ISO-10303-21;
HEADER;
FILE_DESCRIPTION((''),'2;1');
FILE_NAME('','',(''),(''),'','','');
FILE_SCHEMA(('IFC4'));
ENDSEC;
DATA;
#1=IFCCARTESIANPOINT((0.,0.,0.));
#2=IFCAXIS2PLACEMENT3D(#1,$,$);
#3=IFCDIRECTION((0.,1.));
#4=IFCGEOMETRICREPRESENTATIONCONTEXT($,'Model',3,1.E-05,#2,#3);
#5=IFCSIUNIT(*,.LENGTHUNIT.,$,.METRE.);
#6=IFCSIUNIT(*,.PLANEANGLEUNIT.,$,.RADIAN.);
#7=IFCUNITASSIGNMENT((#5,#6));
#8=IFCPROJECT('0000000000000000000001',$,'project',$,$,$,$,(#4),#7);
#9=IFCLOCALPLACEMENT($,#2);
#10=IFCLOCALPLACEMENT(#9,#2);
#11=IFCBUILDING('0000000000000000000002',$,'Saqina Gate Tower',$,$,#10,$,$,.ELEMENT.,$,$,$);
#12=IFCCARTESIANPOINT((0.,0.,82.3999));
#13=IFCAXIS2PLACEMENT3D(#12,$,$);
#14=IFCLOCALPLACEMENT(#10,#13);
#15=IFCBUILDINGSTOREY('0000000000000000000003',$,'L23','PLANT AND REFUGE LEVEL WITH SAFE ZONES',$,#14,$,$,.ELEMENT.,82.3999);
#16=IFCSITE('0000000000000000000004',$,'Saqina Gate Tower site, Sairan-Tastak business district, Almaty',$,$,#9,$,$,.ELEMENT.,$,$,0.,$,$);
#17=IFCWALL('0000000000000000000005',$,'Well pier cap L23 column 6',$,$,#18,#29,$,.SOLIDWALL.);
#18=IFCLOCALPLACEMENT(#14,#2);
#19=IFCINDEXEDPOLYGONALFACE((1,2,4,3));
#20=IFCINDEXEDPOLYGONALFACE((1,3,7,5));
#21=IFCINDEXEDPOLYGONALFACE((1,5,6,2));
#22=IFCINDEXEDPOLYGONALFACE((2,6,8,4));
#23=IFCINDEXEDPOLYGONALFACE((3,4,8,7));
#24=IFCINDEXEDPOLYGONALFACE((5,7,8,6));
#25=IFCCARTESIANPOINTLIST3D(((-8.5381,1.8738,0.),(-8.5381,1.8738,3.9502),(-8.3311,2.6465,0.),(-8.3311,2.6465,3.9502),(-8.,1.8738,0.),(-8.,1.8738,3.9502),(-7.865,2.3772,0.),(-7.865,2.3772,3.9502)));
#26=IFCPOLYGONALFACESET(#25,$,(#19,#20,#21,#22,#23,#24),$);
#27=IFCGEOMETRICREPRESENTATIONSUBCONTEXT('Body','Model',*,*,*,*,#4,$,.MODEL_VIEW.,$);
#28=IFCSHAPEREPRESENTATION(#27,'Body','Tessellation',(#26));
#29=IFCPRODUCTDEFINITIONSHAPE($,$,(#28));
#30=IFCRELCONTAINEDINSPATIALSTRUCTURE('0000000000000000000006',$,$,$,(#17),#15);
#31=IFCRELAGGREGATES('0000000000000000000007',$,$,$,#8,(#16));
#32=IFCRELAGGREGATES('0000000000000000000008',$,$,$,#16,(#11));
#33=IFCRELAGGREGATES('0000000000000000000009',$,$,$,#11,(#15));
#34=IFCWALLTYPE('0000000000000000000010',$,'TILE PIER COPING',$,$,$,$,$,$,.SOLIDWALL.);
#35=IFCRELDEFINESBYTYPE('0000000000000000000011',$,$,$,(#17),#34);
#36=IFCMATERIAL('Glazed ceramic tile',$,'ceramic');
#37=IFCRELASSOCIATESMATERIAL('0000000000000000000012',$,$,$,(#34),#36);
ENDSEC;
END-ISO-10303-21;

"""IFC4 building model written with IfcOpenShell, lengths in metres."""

from ifc_helpers import new_model, si_unit, direction, frame, origin, place, context, subcontext, project, spatial, polyline, outline, extrude, material, type_object, element, save


model = new_model("IFC4")

# Units and contexts
model_context = context("Model", 3, precision=1e-05, world=origin(), true_north=direction((0.0, 1.0)))
body_context = subcontext(model_context, "Body", "Model", "MODEL_VIEW")
ifc_project = project(units=[si_unit("LENGTHUNIT", "METRE"), si_unit("PLANEANGLEUNIT", "RADIAN")], contexts=[model_context])

# Site, building, storey
site_placement = place(None, origin())
site = spatial("IfcSite", under=ifc_project, at=site_placement, Name="Saqina Gate Tower site, Sairan-Tastak business district, Almaty", CompositionType="ELEMENT", RefElevation=0.0)
building_placement = place(site_placement, origin())
building = spatial("IfcBuilding", under=site, at=building_placement, Name="Saqina Gate Tower", CompositionType="ELEMENT")
storey_placement = place(building_placement, frame((0.0, 0.0, 82.3999)))
storey = spatial("IfcBuildingStorey", under=building, at=storey_placement, Name="L23", Description="PLANT AND REFUGE LEVEL WITH SAFE ZONES", CompositionType="ELEMENT", Elevation=82.3999)

# Wall
ifc_material_1 = material(Name="Glazed ceramic tile", Category="ceramic")
wall_type_1 = type_object("IfcWallType", Name="TILE PIER COPING", PredefinedType="SOLIDWALL", material=ifc_material_1)
wall_1_placement = place(storey_placement, origin())
element("IfcWall", 1, at=wall_1_placement, inside=storey, type_object=wall_type_1, Name="Well pier cap L23 column 6", PredefinedType="SOLIDWALL", context=body_context, shape_type="SweptSolid", body=[
    extrude(outline(polyline([(-8.5381, 1.8738), (-8.0, 1.8738), (-7.865, 2.3772), (-8.3311, 2.6465), (-8.5381, 1.8738)])), origin(), (0.0, 0.0, 1.0), 3.9502),
])

save(model, "model.ifc")
